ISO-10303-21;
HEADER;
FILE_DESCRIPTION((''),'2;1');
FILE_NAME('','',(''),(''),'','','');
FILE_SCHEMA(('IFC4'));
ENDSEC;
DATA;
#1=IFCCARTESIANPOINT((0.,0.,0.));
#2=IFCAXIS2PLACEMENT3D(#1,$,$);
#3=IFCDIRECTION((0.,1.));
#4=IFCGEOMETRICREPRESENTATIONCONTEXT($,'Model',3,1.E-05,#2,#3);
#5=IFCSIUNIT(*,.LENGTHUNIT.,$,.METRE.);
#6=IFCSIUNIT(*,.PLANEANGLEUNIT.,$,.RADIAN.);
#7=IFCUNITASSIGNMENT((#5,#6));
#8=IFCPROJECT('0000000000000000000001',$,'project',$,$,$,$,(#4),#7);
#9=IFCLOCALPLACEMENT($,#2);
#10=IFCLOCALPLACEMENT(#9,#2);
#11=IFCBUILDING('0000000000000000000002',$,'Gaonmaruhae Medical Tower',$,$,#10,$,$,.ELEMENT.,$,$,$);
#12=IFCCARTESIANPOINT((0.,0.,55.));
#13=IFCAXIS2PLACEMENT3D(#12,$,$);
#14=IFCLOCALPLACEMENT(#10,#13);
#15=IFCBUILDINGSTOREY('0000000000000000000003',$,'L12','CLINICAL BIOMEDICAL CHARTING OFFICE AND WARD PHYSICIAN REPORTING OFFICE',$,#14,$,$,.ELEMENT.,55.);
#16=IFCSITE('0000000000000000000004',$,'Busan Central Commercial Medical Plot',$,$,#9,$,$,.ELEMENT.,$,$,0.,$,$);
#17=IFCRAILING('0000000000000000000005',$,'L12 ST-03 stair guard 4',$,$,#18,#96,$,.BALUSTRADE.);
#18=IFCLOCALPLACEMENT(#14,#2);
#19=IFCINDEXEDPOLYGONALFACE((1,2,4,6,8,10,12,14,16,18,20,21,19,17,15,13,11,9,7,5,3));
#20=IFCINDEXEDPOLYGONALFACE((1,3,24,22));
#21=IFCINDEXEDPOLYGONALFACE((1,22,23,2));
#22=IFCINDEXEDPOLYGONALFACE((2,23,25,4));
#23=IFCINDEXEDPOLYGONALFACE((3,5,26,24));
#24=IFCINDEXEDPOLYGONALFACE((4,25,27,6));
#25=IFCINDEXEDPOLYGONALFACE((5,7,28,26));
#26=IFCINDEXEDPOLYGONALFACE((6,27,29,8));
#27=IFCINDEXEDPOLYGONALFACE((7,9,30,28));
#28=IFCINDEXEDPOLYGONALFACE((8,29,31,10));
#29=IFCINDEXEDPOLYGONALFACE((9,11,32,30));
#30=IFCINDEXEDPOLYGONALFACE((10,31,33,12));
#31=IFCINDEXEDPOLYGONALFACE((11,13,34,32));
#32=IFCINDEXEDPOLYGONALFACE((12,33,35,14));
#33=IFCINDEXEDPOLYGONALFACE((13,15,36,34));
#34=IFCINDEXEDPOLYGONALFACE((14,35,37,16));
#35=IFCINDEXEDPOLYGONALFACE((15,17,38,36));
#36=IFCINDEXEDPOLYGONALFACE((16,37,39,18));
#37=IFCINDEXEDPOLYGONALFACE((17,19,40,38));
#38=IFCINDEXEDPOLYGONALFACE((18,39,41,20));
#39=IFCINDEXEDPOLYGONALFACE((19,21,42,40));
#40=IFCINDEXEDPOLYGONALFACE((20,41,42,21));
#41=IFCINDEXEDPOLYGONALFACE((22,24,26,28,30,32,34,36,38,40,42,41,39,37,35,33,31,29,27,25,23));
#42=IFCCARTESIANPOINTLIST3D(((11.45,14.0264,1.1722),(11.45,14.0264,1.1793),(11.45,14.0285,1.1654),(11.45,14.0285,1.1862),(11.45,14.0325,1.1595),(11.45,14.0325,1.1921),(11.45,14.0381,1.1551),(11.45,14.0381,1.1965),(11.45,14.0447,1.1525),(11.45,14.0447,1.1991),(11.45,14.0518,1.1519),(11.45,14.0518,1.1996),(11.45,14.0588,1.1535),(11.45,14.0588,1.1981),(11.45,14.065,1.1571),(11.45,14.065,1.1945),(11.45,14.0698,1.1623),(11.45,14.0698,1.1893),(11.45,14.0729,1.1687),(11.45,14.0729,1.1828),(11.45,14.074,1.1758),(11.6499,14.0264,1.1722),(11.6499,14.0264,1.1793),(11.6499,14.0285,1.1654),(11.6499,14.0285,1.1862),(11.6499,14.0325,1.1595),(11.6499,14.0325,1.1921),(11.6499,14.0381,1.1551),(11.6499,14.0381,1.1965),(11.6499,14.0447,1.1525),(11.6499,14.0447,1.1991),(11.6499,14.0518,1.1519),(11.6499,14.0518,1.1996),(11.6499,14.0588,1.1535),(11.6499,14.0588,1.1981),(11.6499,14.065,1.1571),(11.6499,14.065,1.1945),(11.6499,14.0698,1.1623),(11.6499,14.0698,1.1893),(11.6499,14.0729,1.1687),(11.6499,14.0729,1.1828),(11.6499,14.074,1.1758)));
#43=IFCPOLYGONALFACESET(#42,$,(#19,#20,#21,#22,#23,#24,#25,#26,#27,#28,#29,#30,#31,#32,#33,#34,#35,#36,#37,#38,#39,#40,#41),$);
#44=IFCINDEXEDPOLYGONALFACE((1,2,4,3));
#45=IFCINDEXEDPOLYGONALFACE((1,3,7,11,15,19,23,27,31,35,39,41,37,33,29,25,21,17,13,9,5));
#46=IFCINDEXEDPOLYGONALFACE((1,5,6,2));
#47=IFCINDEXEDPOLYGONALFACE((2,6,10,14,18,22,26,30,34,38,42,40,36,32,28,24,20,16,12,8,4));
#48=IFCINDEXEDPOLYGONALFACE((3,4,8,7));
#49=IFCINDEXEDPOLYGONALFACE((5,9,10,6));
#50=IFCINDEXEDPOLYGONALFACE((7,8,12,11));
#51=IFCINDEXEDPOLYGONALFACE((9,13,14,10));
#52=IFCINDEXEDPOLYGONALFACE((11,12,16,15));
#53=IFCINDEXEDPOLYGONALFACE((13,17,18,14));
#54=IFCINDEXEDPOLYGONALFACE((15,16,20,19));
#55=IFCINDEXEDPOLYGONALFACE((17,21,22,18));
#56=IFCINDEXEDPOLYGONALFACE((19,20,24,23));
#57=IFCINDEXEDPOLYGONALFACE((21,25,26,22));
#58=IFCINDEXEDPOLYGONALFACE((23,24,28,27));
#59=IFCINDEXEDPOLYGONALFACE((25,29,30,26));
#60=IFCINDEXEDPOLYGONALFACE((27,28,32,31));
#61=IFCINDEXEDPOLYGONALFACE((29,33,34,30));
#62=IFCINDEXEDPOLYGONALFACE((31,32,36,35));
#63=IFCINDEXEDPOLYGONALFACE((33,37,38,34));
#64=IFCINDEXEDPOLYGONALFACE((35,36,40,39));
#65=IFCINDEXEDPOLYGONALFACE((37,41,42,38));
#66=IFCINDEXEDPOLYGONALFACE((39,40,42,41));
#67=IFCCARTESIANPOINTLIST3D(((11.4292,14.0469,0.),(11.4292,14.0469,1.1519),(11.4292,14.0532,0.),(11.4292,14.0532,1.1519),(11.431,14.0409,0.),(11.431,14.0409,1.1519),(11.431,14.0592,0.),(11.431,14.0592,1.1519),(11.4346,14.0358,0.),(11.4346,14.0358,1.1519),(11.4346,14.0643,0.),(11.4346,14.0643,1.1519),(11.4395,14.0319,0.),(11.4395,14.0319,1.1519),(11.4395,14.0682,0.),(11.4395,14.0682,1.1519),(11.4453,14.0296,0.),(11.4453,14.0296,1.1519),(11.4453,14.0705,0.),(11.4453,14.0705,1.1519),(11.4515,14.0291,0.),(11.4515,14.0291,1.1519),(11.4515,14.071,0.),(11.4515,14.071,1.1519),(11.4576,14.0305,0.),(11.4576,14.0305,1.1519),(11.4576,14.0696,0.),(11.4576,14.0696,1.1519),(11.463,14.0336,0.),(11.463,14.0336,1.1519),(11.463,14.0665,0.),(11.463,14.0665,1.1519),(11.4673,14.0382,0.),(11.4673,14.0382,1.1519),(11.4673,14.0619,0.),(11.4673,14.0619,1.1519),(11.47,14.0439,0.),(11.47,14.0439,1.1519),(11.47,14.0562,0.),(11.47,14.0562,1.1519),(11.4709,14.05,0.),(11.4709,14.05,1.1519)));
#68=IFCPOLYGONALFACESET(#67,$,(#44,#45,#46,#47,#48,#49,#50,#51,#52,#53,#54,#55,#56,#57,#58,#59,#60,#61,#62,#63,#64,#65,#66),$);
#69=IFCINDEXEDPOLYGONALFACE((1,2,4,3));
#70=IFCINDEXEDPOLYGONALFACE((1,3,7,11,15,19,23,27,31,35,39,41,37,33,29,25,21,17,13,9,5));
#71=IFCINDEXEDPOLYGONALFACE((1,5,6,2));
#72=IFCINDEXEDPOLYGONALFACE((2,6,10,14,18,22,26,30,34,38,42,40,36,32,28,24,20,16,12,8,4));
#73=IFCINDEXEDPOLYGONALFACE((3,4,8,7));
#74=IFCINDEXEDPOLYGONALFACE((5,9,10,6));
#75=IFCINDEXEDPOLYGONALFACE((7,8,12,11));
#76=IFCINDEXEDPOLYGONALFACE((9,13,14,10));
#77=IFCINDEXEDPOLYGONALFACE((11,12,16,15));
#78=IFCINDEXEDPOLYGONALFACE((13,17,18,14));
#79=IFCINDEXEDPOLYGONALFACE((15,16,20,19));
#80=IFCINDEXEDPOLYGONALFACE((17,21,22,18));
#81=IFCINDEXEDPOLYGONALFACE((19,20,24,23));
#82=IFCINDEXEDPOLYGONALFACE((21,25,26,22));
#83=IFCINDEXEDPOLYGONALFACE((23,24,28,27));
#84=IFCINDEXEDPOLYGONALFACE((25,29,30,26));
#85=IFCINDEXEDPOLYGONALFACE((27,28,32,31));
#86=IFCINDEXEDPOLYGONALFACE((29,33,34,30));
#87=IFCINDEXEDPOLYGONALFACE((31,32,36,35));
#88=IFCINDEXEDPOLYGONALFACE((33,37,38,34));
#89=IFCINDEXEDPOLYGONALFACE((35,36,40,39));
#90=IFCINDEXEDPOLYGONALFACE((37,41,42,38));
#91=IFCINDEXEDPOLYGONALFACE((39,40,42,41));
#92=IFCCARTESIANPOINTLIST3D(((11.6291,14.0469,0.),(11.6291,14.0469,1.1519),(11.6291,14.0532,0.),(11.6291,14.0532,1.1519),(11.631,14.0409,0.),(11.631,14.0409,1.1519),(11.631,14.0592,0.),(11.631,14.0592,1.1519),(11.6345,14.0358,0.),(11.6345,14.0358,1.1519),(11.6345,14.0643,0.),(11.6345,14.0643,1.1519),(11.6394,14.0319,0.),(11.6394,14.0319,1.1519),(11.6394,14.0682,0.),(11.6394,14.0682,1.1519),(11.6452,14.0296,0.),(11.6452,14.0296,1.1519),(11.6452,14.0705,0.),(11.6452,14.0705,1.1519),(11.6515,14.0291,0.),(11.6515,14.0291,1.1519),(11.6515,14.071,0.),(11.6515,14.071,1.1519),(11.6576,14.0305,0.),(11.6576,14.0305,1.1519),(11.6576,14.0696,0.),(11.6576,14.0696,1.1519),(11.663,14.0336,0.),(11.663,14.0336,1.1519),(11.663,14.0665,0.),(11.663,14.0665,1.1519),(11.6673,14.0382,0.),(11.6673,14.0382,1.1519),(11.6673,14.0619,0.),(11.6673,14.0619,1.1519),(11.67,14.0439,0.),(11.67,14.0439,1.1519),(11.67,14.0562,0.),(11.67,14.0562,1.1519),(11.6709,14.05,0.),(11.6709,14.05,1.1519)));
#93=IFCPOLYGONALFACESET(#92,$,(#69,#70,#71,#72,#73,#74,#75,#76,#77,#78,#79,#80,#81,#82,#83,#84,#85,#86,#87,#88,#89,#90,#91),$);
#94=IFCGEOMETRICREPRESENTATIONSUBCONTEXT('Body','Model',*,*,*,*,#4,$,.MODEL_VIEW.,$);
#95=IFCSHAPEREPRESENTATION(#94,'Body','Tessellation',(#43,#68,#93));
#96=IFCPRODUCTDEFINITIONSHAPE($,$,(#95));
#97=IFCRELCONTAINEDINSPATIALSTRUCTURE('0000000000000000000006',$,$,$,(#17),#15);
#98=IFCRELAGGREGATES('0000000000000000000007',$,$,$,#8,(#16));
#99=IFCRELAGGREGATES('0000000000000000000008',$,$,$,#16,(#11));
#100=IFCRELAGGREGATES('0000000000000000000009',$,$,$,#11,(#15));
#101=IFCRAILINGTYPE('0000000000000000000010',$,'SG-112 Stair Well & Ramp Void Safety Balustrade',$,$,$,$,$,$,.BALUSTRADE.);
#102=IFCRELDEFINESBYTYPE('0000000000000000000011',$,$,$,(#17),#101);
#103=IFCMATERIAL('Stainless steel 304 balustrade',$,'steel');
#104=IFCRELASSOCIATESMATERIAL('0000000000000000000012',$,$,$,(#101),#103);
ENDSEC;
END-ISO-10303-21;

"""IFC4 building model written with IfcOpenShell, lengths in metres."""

from ifc_helpers import new_model, si_unit, direction, frame, origin, origin_2d, place, context, subcontext, project, spatial, circle, extrude, material, type_object, element, save


model = new_model("IFC4")

# Units and contexts
model_context = context("Model", 3, precision=1e-05, world=origin(), true_north=direction((0.0, 1.0)))
body_context = subcontext(model_context, "Body", "Model", "MODEL_VIEW")
ifc_project = project(units=[si_unit("LENGTHUNIT", "METRE"), si_unit("PLANEANGLEUNIT", "RADIAN")], contexts=[model_context])

# Site, building, storey
site_placement = place(None, origin())
site = spatial("IfcSite", under=ifc_project, at=site_placement, Name="Busan Central Commercial Medical Plot", CompositionType="ELEMENT", RefElevation=0.0)
building_placement = place(site_placement, origin())
building = spatial("IfcBuilding", under=site, at=building_placement, Name="Gaonmaruhae Medical Tower", CompositionType="ELEMENT")
storey_placement = place(building_placement, frame((0.0, 0.0, 55.0)))
storey = spatial("IfcBuildingStorey", under=building, at=storey_placement, Name="L12", Description="CLINICAL BIOMEDICAL CHARTING OFFICE AND WARD PHYSICIAN REPORTING OFFICE", CompositionType="ELEMENT", Elevation=55.0)

# Railing
ifc_material_1 = material(Name="Stainless steel 304 balustrade", Category="steel")
railing_type_1 = type_object("IfcRailingType", Name="SG-112 Stair Well & Ramp Void Safety Balustrade", PredefinedType="BALUSTRADE", material=ifc_material_1)
railing_1_placement = place(storey_placement, frame((11.45, 14.05, 0.0)))
element("IfcRailing", 1, at=railing_1_placement, inside=storey, type_object=railing_type_1, Name="L12 ST-03 stair guard 4", PredefinedType="BALUSTRADE", context=body_context, shape_type="SweptSolid", body=[
    extrude(circle(Radius=0.0239, at=origin_2d()), frame((0.0, 0.0, 1.1758), z_axis=(1.0, 0.0, 0.0), x_axis=(0.0, 1.0, 0.0)), (0.0, 0.0, 1.0), 0.2),
    extrude(circle(Radius=0.021, at=origin_2d()), origin(), (0.0, 0.0, 1.0), 1.1519),
    extrude(circle(Radius=0.021, at=origin_2d()), frame((0.2, 0.0, 0.0)), (0.0, 0.0, 1.0), 1.1519),
])

save(model, "model.ifc")
